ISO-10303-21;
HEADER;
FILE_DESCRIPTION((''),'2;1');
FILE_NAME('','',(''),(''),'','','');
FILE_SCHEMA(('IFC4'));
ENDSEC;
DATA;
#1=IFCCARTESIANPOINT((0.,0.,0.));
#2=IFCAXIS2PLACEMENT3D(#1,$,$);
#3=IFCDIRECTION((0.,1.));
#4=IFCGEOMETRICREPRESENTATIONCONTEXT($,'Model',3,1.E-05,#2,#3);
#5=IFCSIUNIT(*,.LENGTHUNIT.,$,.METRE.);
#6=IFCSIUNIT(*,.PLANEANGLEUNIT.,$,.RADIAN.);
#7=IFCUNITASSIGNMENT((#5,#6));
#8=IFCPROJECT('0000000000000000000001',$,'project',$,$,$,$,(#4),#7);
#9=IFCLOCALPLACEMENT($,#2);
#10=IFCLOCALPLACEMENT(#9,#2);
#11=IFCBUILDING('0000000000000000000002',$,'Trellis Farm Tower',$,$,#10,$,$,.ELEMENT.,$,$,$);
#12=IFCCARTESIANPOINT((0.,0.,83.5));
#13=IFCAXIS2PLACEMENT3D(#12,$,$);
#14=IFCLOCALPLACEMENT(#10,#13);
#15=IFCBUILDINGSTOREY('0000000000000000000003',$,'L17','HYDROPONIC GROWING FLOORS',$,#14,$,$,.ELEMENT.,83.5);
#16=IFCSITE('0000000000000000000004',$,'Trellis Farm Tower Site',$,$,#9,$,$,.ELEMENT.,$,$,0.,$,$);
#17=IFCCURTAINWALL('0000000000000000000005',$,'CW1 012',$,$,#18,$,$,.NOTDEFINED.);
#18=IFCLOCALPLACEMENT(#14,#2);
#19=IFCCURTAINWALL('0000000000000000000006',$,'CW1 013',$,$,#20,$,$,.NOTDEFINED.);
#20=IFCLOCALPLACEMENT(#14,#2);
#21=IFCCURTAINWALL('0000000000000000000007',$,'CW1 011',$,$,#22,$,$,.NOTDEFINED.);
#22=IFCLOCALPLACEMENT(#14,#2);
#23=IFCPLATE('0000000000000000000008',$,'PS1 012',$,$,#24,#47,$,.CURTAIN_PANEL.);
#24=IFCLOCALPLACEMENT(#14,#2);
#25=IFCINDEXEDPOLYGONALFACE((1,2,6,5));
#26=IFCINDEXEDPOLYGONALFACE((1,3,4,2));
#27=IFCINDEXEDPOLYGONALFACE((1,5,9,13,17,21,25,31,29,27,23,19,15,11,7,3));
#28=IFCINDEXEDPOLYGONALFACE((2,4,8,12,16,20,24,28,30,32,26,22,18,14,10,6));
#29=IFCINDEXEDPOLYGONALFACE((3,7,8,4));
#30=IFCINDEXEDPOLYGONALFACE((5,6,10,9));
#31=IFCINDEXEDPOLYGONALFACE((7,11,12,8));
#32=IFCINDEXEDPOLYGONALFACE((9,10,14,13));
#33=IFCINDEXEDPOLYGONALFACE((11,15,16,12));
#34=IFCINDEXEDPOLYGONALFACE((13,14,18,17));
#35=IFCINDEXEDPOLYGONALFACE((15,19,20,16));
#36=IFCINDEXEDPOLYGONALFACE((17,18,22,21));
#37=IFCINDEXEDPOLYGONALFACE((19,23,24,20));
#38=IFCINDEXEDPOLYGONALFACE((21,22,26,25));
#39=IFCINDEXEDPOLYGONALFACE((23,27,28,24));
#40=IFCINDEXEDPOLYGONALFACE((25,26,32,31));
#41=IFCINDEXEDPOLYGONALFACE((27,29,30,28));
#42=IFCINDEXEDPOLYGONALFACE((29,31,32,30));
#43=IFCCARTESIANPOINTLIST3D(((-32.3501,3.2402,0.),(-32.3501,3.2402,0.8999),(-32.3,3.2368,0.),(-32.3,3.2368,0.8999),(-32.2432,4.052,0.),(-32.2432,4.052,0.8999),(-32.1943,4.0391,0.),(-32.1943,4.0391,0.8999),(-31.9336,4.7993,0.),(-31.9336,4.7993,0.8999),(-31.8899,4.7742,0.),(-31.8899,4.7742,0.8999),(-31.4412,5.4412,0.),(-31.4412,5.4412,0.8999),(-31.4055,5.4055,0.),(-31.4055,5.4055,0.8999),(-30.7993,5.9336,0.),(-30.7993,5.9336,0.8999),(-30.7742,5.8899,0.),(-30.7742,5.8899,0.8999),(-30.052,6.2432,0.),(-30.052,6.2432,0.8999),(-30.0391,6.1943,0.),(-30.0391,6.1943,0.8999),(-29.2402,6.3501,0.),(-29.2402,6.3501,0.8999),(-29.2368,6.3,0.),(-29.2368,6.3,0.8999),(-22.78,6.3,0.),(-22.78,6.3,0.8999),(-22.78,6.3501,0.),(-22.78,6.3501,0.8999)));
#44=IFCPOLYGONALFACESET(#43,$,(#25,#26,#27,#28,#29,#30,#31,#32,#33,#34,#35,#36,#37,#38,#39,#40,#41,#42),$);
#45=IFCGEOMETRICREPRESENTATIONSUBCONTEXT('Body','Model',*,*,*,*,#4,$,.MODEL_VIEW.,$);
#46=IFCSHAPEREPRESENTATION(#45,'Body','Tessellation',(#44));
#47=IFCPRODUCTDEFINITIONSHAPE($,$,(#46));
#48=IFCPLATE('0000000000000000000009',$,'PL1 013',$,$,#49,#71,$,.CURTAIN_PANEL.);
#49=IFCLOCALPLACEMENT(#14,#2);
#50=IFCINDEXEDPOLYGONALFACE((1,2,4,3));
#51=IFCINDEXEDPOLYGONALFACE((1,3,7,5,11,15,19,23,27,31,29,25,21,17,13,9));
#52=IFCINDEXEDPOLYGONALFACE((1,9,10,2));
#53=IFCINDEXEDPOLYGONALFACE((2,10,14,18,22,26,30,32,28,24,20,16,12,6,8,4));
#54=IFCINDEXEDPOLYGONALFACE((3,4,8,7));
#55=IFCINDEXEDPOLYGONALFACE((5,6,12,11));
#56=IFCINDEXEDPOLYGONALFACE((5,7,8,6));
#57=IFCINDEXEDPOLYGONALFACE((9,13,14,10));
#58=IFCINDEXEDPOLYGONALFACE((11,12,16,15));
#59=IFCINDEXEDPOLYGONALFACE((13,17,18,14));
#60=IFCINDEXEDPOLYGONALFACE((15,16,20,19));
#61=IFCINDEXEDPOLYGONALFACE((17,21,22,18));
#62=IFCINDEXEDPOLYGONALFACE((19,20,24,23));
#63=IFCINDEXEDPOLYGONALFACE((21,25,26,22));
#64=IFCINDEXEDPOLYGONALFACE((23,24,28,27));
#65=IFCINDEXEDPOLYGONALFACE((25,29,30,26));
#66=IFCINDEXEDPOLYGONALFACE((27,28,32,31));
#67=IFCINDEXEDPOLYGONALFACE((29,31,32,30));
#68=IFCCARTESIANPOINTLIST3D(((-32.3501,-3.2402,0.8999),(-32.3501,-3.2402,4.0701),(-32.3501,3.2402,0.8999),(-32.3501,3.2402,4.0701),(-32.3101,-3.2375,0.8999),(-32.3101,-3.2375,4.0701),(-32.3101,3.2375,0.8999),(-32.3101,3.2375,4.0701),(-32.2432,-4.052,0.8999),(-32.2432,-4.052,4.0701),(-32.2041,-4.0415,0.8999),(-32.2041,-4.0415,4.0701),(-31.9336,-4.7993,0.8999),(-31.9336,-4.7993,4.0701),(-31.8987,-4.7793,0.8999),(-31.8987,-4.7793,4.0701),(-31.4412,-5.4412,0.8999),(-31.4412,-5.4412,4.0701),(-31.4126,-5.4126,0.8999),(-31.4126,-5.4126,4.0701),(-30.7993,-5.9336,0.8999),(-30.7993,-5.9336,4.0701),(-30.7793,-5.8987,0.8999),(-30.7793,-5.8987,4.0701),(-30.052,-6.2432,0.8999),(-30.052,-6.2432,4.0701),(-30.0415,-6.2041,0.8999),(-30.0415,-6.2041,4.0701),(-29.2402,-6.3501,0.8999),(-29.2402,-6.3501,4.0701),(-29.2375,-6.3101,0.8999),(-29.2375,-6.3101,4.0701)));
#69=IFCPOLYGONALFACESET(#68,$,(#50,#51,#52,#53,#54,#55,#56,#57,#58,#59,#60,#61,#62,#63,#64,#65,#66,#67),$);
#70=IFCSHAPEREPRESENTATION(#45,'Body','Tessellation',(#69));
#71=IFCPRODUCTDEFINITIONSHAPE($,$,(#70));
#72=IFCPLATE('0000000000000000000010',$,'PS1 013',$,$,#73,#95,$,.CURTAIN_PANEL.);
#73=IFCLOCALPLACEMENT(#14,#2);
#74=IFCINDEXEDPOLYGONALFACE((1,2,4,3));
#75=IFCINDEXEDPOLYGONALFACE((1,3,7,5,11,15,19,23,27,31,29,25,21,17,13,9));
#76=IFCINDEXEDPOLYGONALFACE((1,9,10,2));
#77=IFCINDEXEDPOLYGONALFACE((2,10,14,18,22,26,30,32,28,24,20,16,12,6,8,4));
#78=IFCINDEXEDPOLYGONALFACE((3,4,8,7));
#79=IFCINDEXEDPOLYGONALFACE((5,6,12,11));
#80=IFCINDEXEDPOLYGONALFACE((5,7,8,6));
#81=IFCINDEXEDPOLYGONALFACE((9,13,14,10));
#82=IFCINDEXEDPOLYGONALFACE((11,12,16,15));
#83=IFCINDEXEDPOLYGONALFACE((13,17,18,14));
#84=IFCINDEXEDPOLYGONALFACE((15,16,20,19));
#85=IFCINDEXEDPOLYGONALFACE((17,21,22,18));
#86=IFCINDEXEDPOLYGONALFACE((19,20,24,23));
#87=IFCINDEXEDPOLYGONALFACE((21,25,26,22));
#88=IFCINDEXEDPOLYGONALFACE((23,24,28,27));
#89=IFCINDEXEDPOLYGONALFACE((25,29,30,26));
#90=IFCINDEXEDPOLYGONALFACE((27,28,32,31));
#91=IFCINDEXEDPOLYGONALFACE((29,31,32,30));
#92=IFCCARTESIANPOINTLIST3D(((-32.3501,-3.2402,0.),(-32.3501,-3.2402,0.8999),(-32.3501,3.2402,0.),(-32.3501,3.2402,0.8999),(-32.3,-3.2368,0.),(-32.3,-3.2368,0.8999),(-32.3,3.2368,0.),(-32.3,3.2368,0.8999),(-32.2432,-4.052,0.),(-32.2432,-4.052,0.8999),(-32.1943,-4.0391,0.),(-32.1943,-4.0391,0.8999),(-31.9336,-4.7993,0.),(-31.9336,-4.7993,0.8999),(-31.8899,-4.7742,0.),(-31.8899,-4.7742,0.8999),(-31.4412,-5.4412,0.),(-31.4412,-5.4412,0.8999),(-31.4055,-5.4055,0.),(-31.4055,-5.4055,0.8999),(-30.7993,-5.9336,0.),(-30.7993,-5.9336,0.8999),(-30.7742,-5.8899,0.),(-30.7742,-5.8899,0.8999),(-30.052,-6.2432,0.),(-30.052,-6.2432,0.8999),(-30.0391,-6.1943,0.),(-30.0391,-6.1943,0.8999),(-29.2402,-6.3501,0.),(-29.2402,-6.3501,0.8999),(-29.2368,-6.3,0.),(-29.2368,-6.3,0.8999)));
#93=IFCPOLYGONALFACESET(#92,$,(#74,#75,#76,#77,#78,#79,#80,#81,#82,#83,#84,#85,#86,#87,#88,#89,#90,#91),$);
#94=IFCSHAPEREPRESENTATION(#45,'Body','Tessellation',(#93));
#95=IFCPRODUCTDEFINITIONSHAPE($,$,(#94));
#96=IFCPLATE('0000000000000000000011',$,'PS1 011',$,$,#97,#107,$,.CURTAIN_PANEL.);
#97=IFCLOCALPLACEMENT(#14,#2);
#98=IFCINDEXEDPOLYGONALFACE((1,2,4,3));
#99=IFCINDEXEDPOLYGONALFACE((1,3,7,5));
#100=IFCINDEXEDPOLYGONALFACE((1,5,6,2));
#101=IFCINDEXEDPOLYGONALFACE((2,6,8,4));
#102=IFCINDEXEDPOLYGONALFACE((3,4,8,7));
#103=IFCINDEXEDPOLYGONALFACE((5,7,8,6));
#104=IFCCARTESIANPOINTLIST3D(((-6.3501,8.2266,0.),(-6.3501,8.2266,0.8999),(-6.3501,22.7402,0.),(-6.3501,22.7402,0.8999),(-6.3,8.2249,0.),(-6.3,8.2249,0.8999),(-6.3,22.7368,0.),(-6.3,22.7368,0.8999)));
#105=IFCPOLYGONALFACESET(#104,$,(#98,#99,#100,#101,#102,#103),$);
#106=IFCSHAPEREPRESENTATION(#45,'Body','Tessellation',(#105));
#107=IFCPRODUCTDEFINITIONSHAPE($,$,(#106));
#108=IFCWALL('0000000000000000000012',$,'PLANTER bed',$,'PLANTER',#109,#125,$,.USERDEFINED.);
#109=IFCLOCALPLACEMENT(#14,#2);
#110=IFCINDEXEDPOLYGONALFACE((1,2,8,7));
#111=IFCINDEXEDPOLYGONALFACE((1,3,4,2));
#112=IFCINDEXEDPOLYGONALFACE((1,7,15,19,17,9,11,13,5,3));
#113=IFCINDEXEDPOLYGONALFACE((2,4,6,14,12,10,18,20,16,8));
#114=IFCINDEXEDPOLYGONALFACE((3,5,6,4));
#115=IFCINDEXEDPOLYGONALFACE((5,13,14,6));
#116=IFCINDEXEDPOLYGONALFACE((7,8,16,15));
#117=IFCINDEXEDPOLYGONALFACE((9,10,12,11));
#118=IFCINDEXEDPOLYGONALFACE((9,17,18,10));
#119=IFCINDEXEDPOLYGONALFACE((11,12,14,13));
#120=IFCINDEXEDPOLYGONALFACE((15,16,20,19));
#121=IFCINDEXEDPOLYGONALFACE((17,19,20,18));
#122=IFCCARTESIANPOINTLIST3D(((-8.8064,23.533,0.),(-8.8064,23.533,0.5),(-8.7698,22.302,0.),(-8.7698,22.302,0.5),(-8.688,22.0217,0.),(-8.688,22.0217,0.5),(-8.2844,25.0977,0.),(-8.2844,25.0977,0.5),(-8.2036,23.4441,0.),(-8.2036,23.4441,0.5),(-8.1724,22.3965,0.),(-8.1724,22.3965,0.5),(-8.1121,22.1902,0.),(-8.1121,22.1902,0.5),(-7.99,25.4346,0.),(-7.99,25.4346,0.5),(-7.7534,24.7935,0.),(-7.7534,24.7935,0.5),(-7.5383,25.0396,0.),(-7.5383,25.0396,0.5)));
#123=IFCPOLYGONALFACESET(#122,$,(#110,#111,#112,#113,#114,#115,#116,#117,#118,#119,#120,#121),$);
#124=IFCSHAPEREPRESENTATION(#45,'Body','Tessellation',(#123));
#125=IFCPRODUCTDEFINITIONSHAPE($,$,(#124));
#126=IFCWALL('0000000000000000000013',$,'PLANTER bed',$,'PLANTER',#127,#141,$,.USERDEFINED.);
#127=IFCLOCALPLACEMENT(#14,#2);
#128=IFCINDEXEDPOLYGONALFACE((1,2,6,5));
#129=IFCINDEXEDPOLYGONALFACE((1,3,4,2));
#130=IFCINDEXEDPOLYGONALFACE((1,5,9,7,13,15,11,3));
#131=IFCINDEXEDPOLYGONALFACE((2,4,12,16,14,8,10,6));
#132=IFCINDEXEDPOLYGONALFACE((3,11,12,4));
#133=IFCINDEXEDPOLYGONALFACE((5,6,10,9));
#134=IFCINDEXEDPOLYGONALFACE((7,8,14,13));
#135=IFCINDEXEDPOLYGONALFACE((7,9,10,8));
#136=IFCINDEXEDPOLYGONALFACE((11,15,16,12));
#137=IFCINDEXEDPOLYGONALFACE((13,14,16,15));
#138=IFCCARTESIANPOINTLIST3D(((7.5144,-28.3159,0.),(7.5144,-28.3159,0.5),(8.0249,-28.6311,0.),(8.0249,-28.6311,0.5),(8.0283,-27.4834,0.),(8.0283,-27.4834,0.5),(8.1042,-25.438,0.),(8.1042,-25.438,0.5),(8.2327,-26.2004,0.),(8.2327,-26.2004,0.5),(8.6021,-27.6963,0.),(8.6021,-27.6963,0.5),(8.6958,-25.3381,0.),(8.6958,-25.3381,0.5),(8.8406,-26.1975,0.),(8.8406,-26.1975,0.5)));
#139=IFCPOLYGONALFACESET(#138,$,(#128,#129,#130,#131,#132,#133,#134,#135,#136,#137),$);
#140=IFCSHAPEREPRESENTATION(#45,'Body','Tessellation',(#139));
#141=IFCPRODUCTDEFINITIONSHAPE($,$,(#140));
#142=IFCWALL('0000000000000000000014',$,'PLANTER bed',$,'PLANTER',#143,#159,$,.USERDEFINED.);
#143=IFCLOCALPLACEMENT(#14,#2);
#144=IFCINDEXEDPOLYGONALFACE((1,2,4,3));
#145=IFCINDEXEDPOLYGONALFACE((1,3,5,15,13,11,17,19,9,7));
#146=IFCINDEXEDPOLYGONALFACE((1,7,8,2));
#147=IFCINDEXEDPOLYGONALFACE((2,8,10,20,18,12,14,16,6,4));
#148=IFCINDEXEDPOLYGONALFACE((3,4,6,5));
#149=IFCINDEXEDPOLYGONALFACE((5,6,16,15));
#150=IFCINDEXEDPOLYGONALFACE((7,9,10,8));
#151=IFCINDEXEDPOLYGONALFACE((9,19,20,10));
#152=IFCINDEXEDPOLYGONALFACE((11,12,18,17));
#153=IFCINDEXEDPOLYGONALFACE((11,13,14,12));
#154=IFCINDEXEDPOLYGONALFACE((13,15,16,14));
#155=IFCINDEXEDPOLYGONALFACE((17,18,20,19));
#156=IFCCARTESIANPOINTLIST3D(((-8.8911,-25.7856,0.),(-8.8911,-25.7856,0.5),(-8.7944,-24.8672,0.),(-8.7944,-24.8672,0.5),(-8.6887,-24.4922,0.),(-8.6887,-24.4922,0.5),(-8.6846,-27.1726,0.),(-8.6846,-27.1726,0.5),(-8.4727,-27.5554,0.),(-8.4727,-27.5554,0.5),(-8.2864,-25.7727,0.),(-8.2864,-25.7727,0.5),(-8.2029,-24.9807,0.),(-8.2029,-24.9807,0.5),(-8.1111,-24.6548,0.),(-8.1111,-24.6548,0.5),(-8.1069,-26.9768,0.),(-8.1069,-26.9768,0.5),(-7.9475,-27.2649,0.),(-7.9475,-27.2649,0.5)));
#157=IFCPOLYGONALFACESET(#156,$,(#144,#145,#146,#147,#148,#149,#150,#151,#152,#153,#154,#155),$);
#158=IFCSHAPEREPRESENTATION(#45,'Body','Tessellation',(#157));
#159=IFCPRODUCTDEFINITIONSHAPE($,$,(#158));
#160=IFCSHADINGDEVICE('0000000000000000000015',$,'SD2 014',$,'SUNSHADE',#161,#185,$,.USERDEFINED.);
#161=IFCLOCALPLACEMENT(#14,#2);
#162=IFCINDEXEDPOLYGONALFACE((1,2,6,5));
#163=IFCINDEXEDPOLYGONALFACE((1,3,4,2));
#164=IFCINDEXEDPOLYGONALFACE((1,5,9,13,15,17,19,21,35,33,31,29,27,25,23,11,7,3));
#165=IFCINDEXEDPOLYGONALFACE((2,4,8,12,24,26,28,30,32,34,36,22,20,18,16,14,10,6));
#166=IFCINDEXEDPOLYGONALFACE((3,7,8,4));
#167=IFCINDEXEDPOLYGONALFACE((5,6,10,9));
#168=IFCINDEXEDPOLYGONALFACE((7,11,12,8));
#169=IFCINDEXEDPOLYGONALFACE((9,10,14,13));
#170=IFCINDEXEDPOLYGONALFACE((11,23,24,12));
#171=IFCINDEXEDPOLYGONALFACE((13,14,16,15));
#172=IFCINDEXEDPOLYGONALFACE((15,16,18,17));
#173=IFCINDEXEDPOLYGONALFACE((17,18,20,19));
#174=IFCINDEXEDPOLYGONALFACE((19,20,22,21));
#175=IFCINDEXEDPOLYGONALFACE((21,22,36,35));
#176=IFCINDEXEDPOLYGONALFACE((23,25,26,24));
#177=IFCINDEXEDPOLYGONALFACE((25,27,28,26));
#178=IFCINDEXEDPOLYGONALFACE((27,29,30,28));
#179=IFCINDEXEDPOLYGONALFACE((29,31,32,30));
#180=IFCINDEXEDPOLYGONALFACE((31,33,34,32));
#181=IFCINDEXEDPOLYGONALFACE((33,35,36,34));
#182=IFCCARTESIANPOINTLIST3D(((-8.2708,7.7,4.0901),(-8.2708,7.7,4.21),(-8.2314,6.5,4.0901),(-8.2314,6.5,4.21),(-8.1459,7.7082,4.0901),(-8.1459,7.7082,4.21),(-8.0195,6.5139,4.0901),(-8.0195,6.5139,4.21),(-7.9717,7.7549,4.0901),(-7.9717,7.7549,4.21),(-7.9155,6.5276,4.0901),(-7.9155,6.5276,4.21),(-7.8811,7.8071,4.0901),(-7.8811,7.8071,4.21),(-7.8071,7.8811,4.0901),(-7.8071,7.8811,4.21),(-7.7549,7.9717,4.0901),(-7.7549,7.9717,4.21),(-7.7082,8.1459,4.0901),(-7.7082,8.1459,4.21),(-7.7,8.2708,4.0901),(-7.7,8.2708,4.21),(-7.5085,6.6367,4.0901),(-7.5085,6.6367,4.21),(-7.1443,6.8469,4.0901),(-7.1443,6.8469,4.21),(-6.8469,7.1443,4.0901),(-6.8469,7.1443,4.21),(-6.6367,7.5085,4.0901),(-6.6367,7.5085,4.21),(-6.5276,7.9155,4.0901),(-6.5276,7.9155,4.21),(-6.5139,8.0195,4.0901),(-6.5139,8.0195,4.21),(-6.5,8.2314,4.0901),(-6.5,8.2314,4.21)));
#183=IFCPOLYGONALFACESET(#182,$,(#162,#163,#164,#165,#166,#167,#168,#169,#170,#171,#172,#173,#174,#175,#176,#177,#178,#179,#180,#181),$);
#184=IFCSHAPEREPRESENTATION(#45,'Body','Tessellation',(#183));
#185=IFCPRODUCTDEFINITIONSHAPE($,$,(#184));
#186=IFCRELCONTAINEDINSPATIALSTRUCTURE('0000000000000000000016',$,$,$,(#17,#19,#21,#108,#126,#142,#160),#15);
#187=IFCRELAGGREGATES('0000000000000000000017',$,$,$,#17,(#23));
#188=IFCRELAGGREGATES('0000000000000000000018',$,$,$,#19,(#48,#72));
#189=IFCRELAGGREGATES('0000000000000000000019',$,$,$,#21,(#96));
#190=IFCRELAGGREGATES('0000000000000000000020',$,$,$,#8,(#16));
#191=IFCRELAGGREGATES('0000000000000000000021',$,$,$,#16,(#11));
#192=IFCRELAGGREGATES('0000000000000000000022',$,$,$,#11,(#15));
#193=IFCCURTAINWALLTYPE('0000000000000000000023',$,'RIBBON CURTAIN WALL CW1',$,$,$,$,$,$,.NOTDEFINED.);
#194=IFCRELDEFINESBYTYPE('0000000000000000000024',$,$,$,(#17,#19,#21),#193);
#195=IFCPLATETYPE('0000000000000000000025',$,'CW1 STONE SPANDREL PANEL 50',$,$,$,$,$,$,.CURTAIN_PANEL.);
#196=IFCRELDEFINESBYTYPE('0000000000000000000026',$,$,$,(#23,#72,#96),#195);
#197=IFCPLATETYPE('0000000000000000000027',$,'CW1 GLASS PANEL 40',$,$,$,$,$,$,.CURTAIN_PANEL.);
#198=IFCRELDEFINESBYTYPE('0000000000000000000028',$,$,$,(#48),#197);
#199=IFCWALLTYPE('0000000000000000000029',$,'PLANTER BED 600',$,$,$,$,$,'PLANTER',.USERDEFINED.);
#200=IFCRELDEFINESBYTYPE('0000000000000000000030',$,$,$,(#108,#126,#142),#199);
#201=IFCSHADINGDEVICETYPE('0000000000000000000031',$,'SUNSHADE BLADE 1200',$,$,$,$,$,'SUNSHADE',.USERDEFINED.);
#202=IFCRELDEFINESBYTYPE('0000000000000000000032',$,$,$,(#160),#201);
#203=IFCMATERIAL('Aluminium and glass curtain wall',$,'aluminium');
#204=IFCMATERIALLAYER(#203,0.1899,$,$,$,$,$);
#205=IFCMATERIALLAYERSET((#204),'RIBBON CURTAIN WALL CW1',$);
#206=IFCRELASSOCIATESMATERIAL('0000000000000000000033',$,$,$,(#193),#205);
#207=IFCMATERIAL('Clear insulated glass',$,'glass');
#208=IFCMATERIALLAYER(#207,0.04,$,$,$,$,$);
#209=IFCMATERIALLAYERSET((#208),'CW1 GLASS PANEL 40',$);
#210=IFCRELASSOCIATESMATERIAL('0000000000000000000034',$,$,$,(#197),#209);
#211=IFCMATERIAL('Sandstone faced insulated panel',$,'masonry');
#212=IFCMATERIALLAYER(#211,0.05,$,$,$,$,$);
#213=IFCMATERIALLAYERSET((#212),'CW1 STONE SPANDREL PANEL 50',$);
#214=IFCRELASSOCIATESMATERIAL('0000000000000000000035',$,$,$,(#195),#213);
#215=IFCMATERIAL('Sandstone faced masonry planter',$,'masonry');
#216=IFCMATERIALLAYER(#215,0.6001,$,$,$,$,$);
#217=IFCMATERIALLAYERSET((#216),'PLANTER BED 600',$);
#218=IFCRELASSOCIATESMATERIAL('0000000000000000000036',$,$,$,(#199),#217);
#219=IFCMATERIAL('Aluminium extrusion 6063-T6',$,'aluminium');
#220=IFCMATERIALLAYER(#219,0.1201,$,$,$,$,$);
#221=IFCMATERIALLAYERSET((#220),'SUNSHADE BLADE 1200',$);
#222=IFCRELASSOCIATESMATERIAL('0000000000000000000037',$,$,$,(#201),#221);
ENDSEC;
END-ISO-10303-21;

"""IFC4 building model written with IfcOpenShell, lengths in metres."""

from ifc_helpers import new_model, si_unit, direction, frame, origin, place, context, subcontext, project, spatial, polyline, outline, extrude, source, transform, mapped, material, layer, layer_set, type_object, element, aggregate, save


model = new_model("IFC4")

# Units and contexts
model_context = context("Model", 3, precision=1e-05, world=origin(), true_north=direction((0.0, 1.0)))
body_context = subcontext(model_context, "Body", "Model", "MODEL_VIEW")
ifc_project = project(units=[si_unit("LENGTHUNIT", "METRE"), si_unit("PLANEANGLEUNIT", "RADIAN")], contexts=[model_context])

# Site, building, storey
site_placement = place(None, origin())
site = spatial("IfcSite", under=ifc_project, at=site_placement, Name="Trellis Farm Tower Site", CompositionType="ELEMENT", RefElevation=0.0)
building_placement = place(site_placement, origin())
building = spatial("IfcBuilding", under=site, at=building_placement, Name="Trellis Farm Tower", CompositionType="ELEMENT")
storey_placement = place(building_placement, frame((0.0, 0.0, 83.5)))
storey = spatial("IfcBuildingStorey", under=building, at=storey_placement, Name="L17", Description="HYDROPONIC GROWING FLOORS", CompositionType="ELEMENT", Elevation=83.5)

# Curtain walls
ifc_material_1 = material(Name="Aluminium and glass curtain wall", Category="aluminium")
placement_1 = place(storey_placement, origin())
ifc_material_2 = material(Name="Aluminium extrusion 6063-T6", Category="aluminium")
ifc_layer_1 = layer(ifc_material_1, 0.1899)
ifc_layer_set_1 = layer_set([ifc_layer_1], Name="RIBBON CURTAIN WALL CW1")
curtain_wall_type_1 = type_object("IfcCurtainWallType", Name="RIBBON CURTAIN WALL CW1", PredefinedType="NOTDEFINED", material=ifc_layer_set_1)
curtain_wall_1 = element("IfcCurtainWall", 1, at=placement_1, inside=storey, type_object=curtain_wall_type_1, Name="CW1 012", PredefinedType="NOTDEFINED")
curtain_wall_2 = element("IfcCurtainWall", 2, at=placement_1, inside=storey, type_object=curtain_wall_type_1, Name="CW1 013", PredefinedType="NOTDEFINED")
curtain_wall_3 = element("IfcCurtainWall", 3, at=placement_1, inside=storey, type_object=curtain_wall_type_1, Name="CW1 011", PredefinedType="NOTDEFINED")

# Plates
ifc_material_3 = material(Name="Clear insulated glass", Category="glass")
ifc_layer_2 = layer(ifc_material_3, 0.04)
ifc_layer_set_2 = layer_set([ifc_layer_2], Name="CW1 GLASS PANEL 40")
plate_type_1 = type_object("IfcPlateType", Name="CW1 GLASS PANEL 40", PredefinedType="CURTAIN_PANEL", material=ifc_layer_set_2)
placement_2 = place(storey_placement, frame((0.0, 0.0, 0.8999)))
ifc_material_4 = material(Name="Sandstone faced insulated panel", Category="masonry")
ifc_layer_3 = layer(ifc_material_4, 0.05)
ifc_layer_set_3 = layer_set([ifc_layer_3], Name="CW1 STONE SPANDREL PANEL 50")
plate_type_2 = type_object("IfcPlateType", Name="CW1 STONE SPANDREL PANEL 50", PredefinedType="CURTAIN_PANEL", material=ifc_layer_set_3)
shared_shape_1 = source(origin(), body_context, "Body", "SweptSolid", [
    extrude(outline(polyline([(-22.78, 6.3501), (-29.2402, 6.3501), (-30.052, 6.2432), (-30.7993, 5.9336), (-31.4412, 5.4412), (-31.9336, 4.7993), (-32.2432, 4.052), (-32.3501, 3.2402), (-32.3, 3.2368), (-32.1943, 4.0391), (-31.8899, 4.7742), (-31.4055, 5.4055), (-30.7742, 5.8899), (-30.0391, 6.1943), (-29.2368, 6.3), (-22.78, 6.3), (-22.78, 6.3501)])), origin(), (0.0, 0.0, 1.0), 0.8999),
])
plate_1 = element("IfcPlate", 4, at=placement_1, type_object=plate_type_2, Name="PS1 012", PredefinedType="CURTAIN_PANEL", context=body_context, shape_type="MappedRepresentation", body=[
    mapped(shared_shape_1, transform((0.0, 0.0, 0.0))),
])
aggregate(curtain_wall_1, [plate_1])
shared_shape_2 = source(origin(), body_context, "Body", "SweptSolid", [
    extrude(outline(polyline([(-32.3501, 3.2402), (-32.3501, -3.2402), (-32.2432, -4.052), (-31.9336, -4.7993), (-31.4412, -5.4412), (-30.7993, -5.9336), (-30.052, -6.2432), (-29.2402, -6.3501), (-29.2375, -6.3101), (-30.0415, -6.2041), (-30.7793, -5.8987), (-31.4126, -5.4126), (-31.8987, -4.7793), (-32.2041, -4.0415), (-32.3101, -3.2375), (-32.3101, 3.2375), (-32.3501, 3.2402)])), origin(), (0.0, 0.0, 1.0), 3.1702),
])
plate_2 = element("IfcPlate", 5, at=placement_2, type_object=plate_type_1, Name="PL1 013", PredefinedType="CURTAIN_PANEL", context=body_context, shape_type="MappedRepresentation", body=[
    mapped(shared_shape_2, transform((0.0, 0.0, 0.0))),
])
shared_shape_3 = source(origin(), body_context, "Body", "SweptSolid", [
    extrude(outline(polyline([(-32.3501, 3.2402), (-32.3501, -3.2402), (-32.2432, -4.052), (-31.9336, -4.7993), (-31.4412, -5.4412), (-30.7993, -5.9336), (-30.052, -6.2432), (-29.2402, -6.3501), (-29.2368, -6.3), (-30.0391, -6.1943), (-30.7742, -5.8899), (-31.4055, -5.4055), (-31.8899, -4.7742), (-32.1943, -4.0391), (-32.3, -3.2368), (-32.3, 3.2368), (-32.3501, 3.2402)])), origin(), (0.0, 0.0, 1.0), 0.8999),
])
plate_3 = element("IfcPlate", 6, at=placement_1, type_object=plate_type_2, Name="PS1 013", PredefinedType="CURTAIN_PANEL", context=body_context, shape_type="MappedRepresentation", body=[
    mapped(shared_shape_3, transform((0.0, 0.0, 0.0))),
])
aggregate(curtain_wall_2, [plate_2, plate_3])
shared_shape_4 = source(origin(), body_context, "Body", "SweptSolid", [
    extrude(outline(polyline([(-6.3501, 22.7402), (-6.3501, 8.2266), (-6.3, 8.2249), (-6.3, 22.7368), (-6.3501, 22.7402)])), origin(), (0.0, 0.0, 1.0), 0.8999),
])
plate_4 = element("IfcPlate", 7, at=placement_1, type_object=plate_type_2, Name="PS1 011", PredefinedType="CURTAIN_PANEL", context=body_context, shape_type="MappedRepresentation", body=[
    mapped(shared_shape_4, transform((0.0, 0.0, 0.0))),
])
aggregate(curtain_wall_3, [plate_4])

# Walls
ifc_material_5 = material(Name="Sandstone faced masonry planter", Category="masonry")
ifc_layer_4 = layer(ifc_material_5, 0.6001)
ifc_layer_set_4 = layer_set([ifc_layer_4], Name="PLANTER BED 600")
wall_type = type_object("IfcWallType", Name="PLANTER BED 600", ElementType="PLANTER", PredefinedType="USERDEFINED", material=ifc_layer_set_4)
element("IfcWall", 8, at=placement_1, inside=storey, type_object=wall_type, Name="PLANTER bed", ObjectType="PLANTER", PredefinedType="USERDEFINED", context=body_context, shape_type="SweptSolid", body=[
    extrude(outline(polyline([(-8.7698, 22.302), (-8.8064, 23.533), (-8.2844, 25.0977), (-7.99, 25.4346), (-7.5383, 25.0396), (-7.7534, 24.7935), (-8.2036, 23.4441), (-8.1724, 22.3965), (-8.1121, 22.1902), (-8.688, 22.0217), (-8.7698, 22.302)])), origin(), (0.0, 0.0, 1.0), 0.5),
])
element("IfcWall", 9, at=placement_1, inside=storey, type_object=wall_type, Name="PLANTER bed", ObjectType="PLANTER", PredefinedType="USERDEFINED", context=body_context, shape_type="SweptSolid", body=[
    extrude(outline(polyline([(8.6021, -27.6963), (8.0249, -28.6311), (7.5144, -28.3159), (8.0283, -27.4834), (8.2327, -26.2004), (8.1042, -25.438), (8.6958, -25.3381), (8.8406, -26.1975), (8.6021, -27.6963)])), origin(), (0.0, 0.0, 1.0), 0.5),
])
element("IfcWall", 10, at=placement_1, inside=storey, type_object=wall_type, Name="PLANTER bed", ObjectType="PLANTER", PredefinedType="USERDEFINED", context=body_context, shape_type="SweptSolid", body=[
    extrude(outline(polyline([(-8.8911, -25.7856), (-8.7944, -24.8672), (-8.6887, -24.4922), (-8.1111, -24.6548), (-8.2029, -24.9807), (-8.2864, -25.7727), (-8.1069, -26.9768), (-7.9475, -27.2649), (-8.4727, -27.5554), (-8.6846, -27.1726), (-8.8911, -25.7856)])), origin(), (0.0, 0.0, 1.0), 0.5),
])

# Shading device
ifc_layer_5 = layer(ifc_material_2, 0.1201)
ifc_layer_set_5 = layer_set([ifc_layer_5], Name="SUNSHADE BLADE 1200")
shading_device_type_1 = type_object("IfcShadingDeviceType", Name="SUNSHADE BLADE 1200", ElementType="SUNSHADE", PredefinedType="USERDEFINED", material=ifc_layer_set_5)
shared_shape_5 = source(origin(), body_context, "Body", "SweptSolid", [
    extrude(outline(polyline([(-7.7, 8.2708), (-7.7087, 8.1372), (-7.707, 8.1501), (-7.7549, 7.9717), (-7.8071, 7.8811), (-7.8811, 7.8071), (-7.9717, 7.7549), (-8.1501, 7.707), (-8.1372, 7.7087), (-8.2708, 7.7), (-8.2314, 6.5), (-8.0195, 6.5139), (-7.9155, 6.5276), (-7.5085, 6.6367), (-7.1443, 6.8469), (-6.8469, 7.1443), (-6.6367, 7.5085), (-6.5276, 7.9155), (-6.5139, 8.0195), (-6.5, 8.2314), (-7.7, 8.2708)])), origin(), (0.0, 0.0, 1.0), 0.1199),
])
placement_3 = place(storey_placement, frame((0.0, 0.0, 4.0901)))
element("IfcShadingDevice", 11, at=placement_3, inside=storey, type_object=shading_device_type_1, Name="SD2 014", ObjectType="SUNSHADE", PredefinedType="USERDEFINED", context=body_context, shape_type="MappedRepresentation", body=[
    mapped(shared_shape_5, transform((0.0, 0.0, 0.0))),
])

save(model, "model.ifc")
